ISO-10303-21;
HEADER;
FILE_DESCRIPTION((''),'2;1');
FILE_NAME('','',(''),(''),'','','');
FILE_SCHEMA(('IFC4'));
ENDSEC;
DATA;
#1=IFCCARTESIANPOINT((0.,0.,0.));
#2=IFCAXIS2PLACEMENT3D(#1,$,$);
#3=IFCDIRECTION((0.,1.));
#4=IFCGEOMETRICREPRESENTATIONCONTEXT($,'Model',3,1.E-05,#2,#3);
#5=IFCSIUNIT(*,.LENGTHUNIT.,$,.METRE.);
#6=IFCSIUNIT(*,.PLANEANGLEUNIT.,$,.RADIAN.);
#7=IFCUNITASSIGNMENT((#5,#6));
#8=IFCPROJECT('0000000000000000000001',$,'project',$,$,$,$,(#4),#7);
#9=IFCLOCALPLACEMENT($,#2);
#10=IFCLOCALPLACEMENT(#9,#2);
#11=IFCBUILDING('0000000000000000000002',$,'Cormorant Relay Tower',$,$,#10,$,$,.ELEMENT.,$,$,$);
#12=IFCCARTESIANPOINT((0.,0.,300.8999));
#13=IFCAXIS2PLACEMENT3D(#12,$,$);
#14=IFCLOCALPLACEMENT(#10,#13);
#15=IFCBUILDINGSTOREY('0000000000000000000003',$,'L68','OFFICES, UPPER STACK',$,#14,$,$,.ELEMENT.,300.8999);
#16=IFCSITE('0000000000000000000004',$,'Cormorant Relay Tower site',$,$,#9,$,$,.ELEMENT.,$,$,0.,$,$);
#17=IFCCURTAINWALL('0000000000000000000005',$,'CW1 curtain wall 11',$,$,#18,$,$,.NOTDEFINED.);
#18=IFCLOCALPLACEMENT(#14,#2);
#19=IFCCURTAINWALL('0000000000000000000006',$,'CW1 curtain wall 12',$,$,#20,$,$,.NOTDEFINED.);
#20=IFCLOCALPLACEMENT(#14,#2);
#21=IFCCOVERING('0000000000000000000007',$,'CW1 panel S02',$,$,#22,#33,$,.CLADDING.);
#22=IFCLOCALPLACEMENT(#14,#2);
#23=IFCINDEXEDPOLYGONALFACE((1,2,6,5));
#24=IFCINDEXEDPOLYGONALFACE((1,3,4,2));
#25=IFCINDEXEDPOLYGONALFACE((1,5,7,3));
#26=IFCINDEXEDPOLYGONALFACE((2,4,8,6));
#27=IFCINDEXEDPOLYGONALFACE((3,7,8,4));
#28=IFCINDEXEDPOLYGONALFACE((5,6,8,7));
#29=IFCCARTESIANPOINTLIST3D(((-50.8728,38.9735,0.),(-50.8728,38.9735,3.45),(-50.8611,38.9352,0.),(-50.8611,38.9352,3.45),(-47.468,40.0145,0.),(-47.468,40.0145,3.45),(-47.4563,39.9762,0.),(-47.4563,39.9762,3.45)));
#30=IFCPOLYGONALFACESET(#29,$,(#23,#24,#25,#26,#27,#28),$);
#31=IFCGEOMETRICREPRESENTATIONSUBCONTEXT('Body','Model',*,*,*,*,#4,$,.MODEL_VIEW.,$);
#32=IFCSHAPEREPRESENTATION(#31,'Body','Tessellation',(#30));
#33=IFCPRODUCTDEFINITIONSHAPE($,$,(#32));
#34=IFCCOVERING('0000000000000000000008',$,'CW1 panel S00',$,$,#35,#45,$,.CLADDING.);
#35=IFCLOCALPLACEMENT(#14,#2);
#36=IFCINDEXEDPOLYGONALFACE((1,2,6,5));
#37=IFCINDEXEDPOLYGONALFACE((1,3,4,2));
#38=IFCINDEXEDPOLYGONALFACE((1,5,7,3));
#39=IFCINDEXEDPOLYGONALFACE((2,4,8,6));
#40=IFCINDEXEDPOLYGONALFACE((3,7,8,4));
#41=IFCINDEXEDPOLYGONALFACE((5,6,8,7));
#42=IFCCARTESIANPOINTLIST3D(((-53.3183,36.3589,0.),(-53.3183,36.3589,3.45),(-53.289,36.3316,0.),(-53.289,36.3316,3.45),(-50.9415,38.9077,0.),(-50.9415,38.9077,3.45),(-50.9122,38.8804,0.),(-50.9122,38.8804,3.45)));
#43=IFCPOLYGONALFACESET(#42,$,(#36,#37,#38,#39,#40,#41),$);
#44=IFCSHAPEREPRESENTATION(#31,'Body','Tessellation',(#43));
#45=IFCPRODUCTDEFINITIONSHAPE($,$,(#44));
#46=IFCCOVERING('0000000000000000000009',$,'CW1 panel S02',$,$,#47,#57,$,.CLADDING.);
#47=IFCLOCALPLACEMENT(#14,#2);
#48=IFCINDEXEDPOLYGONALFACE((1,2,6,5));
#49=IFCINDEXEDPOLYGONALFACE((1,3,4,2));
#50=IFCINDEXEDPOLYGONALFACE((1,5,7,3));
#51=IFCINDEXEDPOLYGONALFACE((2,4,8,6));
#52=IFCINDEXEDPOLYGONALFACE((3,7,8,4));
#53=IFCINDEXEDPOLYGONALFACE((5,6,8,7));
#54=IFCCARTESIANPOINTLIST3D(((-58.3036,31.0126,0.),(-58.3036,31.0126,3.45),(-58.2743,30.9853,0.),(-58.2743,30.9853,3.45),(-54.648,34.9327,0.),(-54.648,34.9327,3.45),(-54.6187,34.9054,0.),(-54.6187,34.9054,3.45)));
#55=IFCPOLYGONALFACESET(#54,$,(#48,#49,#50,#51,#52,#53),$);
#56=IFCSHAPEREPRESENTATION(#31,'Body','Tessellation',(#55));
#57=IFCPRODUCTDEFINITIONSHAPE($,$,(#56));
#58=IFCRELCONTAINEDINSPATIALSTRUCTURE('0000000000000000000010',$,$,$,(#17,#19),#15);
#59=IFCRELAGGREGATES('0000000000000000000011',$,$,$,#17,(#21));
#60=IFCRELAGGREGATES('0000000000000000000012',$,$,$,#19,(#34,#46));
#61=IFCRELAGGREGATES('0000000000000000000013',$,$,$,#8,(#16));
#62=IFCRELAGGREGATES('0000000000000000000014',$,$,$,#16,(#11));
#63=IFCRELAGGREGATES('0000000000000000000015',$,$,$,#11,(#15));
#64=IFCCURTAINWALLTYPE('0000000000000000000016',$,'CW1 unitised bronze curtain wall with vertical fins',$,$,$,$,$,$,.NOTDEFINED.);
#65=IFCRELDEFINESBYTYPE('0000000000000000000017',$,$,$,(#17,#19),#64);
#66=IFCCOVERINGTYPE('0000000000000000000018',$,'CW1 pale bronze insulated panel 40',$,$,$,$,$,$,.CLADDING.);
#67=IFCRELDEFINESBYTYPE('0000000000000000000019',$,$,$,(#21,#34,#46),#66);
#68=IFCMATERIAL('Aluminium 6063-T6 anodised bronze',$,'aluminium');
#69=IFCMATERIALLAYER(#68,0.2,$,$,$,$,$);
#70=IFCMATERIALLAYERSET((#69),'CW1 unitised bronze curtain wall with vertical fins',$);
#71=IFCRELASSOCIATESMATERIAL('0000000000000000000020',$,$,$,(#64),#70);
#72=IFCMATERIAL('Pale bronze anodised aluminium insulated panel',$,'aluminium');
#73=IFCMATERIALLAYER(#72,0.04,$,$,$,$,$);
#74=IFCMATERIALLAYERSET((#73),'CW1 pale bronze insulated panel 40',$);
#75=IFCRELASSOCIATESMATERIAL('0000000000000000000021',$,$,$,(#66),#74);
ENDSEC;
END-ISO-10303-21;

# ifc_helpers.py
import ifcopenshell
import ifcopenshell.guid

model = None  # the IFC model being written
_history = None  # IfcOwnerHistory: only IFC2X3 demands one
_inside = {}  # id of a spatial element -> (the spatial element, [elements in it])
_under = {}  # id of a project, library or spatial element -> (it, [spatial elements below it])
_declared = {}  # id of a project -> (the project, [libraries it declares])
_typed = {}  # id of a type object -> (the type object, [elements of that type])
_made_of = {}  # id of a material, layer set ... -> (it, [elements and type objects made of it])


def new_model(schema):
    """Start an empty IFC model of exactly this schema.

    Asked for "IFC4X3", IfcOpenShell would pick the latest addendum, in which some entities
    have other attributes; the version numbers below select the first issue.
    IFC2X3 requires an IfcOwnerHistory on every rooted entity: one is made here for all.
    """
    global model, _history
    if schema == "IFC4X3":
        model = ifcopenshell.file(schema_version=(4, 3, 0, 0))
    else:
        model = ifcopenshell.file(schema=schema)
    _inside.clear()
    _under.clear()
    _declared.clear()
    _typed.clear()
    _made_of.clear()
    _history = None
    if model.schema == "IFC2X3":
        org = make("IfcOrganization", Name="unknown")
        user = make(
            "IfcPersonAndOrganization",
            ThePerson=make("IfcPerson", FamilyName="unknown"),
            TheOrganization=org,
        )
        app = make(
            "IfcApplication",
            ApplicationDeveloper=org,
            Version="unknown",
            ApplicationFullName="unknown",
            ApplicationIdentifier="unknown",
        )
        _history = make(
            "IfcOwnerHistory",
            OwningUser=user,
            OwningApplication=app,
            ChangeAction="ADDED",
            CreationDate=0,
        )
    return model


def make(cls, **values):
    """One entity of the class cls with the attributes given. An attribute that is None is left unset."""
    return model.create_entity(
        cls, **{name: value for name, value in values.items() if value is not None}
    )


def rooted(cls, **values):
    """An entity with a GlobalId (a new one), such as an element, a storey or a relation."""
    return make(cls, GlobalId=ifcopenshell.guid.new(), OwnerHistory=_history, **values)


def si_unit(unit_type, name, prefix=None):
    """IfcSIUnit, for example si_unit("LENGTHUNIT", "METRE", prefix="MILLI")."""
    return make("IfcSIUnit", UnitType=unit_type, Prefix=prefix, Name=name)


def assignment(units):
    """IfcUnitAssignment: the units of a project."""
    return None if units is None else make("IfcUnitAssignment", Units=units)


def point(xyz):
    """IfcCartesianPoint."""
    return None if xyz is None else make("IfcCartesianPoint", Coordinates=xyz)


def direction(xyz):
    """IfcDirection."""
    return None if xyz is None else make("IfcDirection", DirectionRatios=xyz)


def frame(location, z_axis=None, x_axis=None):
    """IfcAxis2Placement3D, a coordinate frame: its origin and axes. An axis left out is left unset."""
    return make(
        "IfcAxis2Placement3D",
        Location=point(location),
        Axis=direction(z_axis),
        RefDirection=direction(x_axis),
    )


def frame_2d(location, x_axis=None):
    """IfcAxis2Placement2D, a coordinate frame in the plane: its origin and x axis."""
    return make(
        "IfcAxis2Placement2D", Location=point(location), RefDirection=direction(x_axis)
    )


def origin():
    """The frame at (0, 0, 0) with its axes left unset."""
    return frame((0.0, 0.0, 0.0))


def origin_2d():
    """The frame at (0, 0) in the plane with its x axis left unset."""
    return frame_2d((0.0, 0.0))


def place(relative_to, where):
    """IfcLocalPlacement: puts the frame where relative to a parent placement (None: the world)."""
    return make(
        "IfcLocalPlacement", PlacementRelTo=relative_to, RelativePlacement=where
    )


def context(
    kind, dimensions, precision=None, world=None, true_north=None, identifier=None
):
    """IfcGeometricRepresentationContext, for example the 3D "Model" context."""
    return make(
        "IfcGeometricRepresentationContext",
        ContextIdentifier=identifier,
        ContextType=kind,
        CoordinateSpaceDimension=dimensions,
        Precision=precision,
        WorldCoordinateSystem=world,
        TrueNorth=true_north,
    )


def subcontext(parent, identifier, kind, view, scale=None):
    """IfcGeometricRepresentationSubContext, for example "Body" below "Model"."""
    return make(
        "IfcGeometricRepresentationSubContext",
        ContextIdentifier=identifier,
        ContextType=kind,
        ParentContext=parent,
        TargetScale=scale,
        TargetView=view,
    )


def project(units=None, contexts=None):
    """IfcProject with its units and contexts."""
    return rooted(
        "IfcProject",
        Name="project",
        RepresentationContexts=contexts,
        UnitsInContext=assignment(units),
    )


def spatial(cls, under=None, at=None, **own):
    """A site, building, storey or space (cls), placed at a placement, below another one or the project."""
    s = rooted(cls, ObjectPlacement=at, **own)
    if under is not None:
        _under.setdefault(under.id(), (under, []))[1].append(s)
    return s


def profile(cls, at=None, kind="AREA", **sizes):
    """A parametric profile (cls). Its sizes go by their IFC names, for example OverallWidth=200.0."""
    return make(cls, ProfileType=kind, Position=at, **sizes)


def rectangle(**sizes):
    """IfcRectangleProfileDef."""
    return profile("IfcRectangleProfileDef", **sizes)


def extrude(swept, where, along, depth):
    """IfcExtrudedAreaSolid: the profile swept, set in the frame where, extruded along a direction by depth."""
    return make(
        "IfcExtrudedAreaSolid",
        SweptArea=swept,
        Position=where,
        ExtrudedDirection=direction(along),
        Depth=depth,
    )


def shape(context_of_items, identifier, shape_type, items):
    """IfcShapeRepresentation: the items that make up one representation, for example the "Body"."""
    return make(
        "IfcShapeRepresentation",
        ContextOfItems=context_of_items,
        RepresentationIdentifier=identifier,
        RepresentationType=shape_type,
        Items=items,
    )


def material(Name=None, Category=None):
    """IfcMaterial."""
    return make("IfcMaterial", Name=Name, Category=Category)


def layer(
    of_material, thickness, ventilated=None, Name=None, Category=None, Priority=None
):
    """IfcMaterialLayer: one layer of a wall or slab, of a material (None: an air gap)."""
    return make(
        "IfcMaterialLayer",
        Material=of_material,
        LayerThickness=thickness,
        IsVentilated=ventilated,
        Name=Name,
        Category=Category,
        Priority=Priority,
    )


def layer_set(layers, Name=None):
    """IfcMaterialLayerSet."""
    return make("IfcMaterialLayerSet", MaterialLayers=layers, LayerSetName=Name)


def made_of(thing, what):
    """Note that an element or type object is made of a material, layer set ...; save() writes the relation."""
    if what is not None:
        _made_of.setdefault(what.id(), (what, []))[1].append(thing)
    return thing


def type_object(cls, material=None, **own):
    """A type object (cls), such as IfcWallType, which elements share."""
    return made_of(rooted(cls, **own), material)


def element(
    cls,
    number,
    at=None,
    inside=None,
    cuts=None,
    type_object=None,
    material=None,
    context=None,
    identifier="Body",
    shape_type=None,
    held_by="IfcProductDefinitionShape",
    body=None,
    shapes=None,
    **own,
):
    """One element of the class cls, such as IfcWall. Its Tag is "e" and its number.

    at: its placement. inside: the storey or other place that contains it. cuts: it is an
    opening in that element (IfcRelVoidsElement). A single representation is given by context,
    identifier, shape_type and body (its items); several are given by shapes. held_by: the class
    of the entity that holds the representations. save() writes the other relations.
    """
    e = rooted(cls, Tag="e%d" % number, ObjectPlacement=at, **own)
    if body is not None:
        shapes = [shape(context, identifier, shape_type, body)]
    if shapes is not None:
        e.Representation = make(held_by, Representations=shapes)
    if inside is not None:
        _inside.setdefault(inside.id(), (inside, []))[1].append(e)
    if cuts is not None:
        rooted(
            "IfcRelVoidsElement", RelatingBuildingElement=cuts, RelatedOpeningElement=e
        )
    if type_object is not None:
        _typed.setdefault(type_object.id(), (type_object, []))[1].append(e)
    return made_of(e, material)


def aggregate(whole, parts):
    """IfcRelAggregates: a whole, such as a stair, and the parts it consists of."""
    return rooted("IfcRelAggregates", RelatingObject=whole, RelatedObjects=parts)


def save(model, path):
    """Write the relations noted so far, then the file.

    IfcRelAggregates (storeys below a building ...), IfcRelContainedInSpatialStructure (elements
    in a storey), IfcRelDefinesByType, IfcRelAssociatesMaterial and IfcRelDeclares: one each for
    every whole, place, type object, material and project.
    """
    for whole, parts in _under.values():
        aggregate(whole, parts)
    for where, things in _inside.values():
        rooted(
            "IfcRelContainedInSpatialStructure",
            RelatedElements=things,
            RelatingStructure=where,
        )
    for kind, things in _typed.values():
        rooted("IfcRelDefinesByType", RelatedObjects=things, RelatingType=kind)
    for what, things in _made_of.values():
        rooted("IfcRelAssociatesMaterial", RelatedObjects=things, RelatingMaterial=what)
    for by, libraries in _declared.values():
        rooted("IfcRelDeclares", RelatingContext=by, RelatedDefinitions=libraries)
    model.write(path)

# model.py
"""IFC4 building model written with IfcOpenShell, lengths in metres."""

from ifc_helpers import new_model, si_unit, direction, frame, origin, origin_2d, place, context, subcontext, project, spatial, rectangle, extrude, material, layer, layer_set, type_object, element, aggregate, save


model = new_model("IFC4")

# Units and contexts
model_context = context("Model", 3, precision=1e-05, world=origin(), true_north=direction((0.0, 1.0)))
body_context = subcontext(model_context, "Body", "Model", "MODEL_VIEW")
ifc_project = project(units=[si_unit("LENGTHUNIT", "METRE"), si_unit("PLANEANGLEUNIT", "RADIAN")], contexts=[model_context])

# Site, building, storey
site_placement = place(None, origin())
site = spatial("IfcSite", under=ifc_project, at=site_placement, Name="Cormorant Relay Tower site", CompositionType="ELEMENT", RefElevation=0.0)
building_placement = place(site_placement, origin())
building = spatial("IfcBuilding", under=site, at=building_placement, Name="Cormorant Relay Tower", CompositionType="ELEMENT")
storey_placement = place(building_placement, frame((0.0, 0.0, 300.8999)))
storey = spatial("IfcBuildingStorey", under=building, at=storey_placement, Name="L68", Description="OFFICES, UPPER STACK", CompositionType="ELEMENT", Elevation=300.8999)

# Shared definitions
ifc_material_1 = material(Name="Aluminium 6063-T6 anodised bronze", Category="aluminium")
ifc_layer_1 = layer(ifc_material_1, 0.2)
ifc_layer_set_1 = layer_set([ifc_layer_1], Name="CW1 unitised bronze curtain wall with vertical fins")
curtain_wall_type = type_object("IfcCurtainWallType", Name="CW1 unitised bronze curtain wall with vertical fins", PredefinedType="NOTDEFINED", material=ifc_layer_set_1)

# Curtain walls
curtain_wall_1_placement = place(storey_placement, origin())
curtain_wall_1 = element("IfcCurtainWall", 1, at=curtain_wall_1_placement, inside=storey, type_object=curtain_wall_type, Name="CW1 curtain wall 11", PredefinedType="NOTDEFINED")
curtain_wall_2_placement = place(storey_placement, origin())
curtain_wall_2 = element("IfcCurtainWall", 2, at=curtain_wall_2_placement, inside=storey, type_object=curtain_wall_type, Name="CW1 curtain wall 12", PredefinedType="NOTDEFINED")

# Coverings
ifc_material_2 = material(Name="Pale bronze anodised aluminium insulated panel", Category="aluminium")
ifc_layer_2 = layer(ifc_material_2, 0.04)
ifc_layer_set_2 = layer_set([ifc_layer_2], Name="CW1 pale bronze insulated panel 40")
covering_type = type_object("IfcCoveringType", Name="CW1 pale bronze insulated panel 40", PredefinedType="CLADDING", material=ifc_layer_set_2)
covering_1_placement = place(storey_placement, frame((-49.1646, 39.4749, 0.0), z_axis=(0.0, 0.0, 1.0), x_axis=(-0.956305, -0.292372, 0.0)))
covering_1 = element("IfcCovering", 3, at=covering_1_placement, type_object=covering_type, Name="CW1 panel S02", PredefinedType="CLADDING", context=body_context, shape_type="SweptSolid", body=[
    extrude(rectangle(XDim=3.5603, YDim=0.04, at=origin_2d()), origin(), (0.0, 0.0, 1.0), 3.45),
])
aggregate(curtain_wall_1, [covering_1])
covering_2_placement = place(storey_placement, frame((-52.1152, 37.6196, 0.0), z_axis=(0.0, 0.0, 1.0), x_axis=(-0.681998, -0.731354, 0.0)))
covering_2 = element("IfcCovering", 4, at=covering_2_placement, type_object=covering_type, Name="CW1 panel S00", PredefinedType="CLADDING", context=body_context, shape_type="SweptSolid", body=[
    extrude(rectangle(XDim=3.4851, YDim=0.04, at=origin_2d()), origin(), (0.0, 0.0, 1.0), 3.45),
])
covering_3_placement = place(storey_placement, frame((-56.4612, 32.959, 0.0), z_axis=(0.0, 0.0, 1.0), x_axis=(-0.681998, -0.731354, 0.0)))
covering_3 = element("IfcCovering", 5, at=covering_3_placement, type_object=covering_type, Name="CW1 panel S02", PredefinedType="CLADDING", context=body_context, shape_type="SweptSolid", body=[
    extrude(rectangle(XDim=5.3601, YDim=0.04, at=origin_2d()), origin(), (0.0, 0.0, 1.0), 3.45),
])
aggregate(curtain_wall_2, [covering_2, covering_3])

save(model, "model.ifc")
